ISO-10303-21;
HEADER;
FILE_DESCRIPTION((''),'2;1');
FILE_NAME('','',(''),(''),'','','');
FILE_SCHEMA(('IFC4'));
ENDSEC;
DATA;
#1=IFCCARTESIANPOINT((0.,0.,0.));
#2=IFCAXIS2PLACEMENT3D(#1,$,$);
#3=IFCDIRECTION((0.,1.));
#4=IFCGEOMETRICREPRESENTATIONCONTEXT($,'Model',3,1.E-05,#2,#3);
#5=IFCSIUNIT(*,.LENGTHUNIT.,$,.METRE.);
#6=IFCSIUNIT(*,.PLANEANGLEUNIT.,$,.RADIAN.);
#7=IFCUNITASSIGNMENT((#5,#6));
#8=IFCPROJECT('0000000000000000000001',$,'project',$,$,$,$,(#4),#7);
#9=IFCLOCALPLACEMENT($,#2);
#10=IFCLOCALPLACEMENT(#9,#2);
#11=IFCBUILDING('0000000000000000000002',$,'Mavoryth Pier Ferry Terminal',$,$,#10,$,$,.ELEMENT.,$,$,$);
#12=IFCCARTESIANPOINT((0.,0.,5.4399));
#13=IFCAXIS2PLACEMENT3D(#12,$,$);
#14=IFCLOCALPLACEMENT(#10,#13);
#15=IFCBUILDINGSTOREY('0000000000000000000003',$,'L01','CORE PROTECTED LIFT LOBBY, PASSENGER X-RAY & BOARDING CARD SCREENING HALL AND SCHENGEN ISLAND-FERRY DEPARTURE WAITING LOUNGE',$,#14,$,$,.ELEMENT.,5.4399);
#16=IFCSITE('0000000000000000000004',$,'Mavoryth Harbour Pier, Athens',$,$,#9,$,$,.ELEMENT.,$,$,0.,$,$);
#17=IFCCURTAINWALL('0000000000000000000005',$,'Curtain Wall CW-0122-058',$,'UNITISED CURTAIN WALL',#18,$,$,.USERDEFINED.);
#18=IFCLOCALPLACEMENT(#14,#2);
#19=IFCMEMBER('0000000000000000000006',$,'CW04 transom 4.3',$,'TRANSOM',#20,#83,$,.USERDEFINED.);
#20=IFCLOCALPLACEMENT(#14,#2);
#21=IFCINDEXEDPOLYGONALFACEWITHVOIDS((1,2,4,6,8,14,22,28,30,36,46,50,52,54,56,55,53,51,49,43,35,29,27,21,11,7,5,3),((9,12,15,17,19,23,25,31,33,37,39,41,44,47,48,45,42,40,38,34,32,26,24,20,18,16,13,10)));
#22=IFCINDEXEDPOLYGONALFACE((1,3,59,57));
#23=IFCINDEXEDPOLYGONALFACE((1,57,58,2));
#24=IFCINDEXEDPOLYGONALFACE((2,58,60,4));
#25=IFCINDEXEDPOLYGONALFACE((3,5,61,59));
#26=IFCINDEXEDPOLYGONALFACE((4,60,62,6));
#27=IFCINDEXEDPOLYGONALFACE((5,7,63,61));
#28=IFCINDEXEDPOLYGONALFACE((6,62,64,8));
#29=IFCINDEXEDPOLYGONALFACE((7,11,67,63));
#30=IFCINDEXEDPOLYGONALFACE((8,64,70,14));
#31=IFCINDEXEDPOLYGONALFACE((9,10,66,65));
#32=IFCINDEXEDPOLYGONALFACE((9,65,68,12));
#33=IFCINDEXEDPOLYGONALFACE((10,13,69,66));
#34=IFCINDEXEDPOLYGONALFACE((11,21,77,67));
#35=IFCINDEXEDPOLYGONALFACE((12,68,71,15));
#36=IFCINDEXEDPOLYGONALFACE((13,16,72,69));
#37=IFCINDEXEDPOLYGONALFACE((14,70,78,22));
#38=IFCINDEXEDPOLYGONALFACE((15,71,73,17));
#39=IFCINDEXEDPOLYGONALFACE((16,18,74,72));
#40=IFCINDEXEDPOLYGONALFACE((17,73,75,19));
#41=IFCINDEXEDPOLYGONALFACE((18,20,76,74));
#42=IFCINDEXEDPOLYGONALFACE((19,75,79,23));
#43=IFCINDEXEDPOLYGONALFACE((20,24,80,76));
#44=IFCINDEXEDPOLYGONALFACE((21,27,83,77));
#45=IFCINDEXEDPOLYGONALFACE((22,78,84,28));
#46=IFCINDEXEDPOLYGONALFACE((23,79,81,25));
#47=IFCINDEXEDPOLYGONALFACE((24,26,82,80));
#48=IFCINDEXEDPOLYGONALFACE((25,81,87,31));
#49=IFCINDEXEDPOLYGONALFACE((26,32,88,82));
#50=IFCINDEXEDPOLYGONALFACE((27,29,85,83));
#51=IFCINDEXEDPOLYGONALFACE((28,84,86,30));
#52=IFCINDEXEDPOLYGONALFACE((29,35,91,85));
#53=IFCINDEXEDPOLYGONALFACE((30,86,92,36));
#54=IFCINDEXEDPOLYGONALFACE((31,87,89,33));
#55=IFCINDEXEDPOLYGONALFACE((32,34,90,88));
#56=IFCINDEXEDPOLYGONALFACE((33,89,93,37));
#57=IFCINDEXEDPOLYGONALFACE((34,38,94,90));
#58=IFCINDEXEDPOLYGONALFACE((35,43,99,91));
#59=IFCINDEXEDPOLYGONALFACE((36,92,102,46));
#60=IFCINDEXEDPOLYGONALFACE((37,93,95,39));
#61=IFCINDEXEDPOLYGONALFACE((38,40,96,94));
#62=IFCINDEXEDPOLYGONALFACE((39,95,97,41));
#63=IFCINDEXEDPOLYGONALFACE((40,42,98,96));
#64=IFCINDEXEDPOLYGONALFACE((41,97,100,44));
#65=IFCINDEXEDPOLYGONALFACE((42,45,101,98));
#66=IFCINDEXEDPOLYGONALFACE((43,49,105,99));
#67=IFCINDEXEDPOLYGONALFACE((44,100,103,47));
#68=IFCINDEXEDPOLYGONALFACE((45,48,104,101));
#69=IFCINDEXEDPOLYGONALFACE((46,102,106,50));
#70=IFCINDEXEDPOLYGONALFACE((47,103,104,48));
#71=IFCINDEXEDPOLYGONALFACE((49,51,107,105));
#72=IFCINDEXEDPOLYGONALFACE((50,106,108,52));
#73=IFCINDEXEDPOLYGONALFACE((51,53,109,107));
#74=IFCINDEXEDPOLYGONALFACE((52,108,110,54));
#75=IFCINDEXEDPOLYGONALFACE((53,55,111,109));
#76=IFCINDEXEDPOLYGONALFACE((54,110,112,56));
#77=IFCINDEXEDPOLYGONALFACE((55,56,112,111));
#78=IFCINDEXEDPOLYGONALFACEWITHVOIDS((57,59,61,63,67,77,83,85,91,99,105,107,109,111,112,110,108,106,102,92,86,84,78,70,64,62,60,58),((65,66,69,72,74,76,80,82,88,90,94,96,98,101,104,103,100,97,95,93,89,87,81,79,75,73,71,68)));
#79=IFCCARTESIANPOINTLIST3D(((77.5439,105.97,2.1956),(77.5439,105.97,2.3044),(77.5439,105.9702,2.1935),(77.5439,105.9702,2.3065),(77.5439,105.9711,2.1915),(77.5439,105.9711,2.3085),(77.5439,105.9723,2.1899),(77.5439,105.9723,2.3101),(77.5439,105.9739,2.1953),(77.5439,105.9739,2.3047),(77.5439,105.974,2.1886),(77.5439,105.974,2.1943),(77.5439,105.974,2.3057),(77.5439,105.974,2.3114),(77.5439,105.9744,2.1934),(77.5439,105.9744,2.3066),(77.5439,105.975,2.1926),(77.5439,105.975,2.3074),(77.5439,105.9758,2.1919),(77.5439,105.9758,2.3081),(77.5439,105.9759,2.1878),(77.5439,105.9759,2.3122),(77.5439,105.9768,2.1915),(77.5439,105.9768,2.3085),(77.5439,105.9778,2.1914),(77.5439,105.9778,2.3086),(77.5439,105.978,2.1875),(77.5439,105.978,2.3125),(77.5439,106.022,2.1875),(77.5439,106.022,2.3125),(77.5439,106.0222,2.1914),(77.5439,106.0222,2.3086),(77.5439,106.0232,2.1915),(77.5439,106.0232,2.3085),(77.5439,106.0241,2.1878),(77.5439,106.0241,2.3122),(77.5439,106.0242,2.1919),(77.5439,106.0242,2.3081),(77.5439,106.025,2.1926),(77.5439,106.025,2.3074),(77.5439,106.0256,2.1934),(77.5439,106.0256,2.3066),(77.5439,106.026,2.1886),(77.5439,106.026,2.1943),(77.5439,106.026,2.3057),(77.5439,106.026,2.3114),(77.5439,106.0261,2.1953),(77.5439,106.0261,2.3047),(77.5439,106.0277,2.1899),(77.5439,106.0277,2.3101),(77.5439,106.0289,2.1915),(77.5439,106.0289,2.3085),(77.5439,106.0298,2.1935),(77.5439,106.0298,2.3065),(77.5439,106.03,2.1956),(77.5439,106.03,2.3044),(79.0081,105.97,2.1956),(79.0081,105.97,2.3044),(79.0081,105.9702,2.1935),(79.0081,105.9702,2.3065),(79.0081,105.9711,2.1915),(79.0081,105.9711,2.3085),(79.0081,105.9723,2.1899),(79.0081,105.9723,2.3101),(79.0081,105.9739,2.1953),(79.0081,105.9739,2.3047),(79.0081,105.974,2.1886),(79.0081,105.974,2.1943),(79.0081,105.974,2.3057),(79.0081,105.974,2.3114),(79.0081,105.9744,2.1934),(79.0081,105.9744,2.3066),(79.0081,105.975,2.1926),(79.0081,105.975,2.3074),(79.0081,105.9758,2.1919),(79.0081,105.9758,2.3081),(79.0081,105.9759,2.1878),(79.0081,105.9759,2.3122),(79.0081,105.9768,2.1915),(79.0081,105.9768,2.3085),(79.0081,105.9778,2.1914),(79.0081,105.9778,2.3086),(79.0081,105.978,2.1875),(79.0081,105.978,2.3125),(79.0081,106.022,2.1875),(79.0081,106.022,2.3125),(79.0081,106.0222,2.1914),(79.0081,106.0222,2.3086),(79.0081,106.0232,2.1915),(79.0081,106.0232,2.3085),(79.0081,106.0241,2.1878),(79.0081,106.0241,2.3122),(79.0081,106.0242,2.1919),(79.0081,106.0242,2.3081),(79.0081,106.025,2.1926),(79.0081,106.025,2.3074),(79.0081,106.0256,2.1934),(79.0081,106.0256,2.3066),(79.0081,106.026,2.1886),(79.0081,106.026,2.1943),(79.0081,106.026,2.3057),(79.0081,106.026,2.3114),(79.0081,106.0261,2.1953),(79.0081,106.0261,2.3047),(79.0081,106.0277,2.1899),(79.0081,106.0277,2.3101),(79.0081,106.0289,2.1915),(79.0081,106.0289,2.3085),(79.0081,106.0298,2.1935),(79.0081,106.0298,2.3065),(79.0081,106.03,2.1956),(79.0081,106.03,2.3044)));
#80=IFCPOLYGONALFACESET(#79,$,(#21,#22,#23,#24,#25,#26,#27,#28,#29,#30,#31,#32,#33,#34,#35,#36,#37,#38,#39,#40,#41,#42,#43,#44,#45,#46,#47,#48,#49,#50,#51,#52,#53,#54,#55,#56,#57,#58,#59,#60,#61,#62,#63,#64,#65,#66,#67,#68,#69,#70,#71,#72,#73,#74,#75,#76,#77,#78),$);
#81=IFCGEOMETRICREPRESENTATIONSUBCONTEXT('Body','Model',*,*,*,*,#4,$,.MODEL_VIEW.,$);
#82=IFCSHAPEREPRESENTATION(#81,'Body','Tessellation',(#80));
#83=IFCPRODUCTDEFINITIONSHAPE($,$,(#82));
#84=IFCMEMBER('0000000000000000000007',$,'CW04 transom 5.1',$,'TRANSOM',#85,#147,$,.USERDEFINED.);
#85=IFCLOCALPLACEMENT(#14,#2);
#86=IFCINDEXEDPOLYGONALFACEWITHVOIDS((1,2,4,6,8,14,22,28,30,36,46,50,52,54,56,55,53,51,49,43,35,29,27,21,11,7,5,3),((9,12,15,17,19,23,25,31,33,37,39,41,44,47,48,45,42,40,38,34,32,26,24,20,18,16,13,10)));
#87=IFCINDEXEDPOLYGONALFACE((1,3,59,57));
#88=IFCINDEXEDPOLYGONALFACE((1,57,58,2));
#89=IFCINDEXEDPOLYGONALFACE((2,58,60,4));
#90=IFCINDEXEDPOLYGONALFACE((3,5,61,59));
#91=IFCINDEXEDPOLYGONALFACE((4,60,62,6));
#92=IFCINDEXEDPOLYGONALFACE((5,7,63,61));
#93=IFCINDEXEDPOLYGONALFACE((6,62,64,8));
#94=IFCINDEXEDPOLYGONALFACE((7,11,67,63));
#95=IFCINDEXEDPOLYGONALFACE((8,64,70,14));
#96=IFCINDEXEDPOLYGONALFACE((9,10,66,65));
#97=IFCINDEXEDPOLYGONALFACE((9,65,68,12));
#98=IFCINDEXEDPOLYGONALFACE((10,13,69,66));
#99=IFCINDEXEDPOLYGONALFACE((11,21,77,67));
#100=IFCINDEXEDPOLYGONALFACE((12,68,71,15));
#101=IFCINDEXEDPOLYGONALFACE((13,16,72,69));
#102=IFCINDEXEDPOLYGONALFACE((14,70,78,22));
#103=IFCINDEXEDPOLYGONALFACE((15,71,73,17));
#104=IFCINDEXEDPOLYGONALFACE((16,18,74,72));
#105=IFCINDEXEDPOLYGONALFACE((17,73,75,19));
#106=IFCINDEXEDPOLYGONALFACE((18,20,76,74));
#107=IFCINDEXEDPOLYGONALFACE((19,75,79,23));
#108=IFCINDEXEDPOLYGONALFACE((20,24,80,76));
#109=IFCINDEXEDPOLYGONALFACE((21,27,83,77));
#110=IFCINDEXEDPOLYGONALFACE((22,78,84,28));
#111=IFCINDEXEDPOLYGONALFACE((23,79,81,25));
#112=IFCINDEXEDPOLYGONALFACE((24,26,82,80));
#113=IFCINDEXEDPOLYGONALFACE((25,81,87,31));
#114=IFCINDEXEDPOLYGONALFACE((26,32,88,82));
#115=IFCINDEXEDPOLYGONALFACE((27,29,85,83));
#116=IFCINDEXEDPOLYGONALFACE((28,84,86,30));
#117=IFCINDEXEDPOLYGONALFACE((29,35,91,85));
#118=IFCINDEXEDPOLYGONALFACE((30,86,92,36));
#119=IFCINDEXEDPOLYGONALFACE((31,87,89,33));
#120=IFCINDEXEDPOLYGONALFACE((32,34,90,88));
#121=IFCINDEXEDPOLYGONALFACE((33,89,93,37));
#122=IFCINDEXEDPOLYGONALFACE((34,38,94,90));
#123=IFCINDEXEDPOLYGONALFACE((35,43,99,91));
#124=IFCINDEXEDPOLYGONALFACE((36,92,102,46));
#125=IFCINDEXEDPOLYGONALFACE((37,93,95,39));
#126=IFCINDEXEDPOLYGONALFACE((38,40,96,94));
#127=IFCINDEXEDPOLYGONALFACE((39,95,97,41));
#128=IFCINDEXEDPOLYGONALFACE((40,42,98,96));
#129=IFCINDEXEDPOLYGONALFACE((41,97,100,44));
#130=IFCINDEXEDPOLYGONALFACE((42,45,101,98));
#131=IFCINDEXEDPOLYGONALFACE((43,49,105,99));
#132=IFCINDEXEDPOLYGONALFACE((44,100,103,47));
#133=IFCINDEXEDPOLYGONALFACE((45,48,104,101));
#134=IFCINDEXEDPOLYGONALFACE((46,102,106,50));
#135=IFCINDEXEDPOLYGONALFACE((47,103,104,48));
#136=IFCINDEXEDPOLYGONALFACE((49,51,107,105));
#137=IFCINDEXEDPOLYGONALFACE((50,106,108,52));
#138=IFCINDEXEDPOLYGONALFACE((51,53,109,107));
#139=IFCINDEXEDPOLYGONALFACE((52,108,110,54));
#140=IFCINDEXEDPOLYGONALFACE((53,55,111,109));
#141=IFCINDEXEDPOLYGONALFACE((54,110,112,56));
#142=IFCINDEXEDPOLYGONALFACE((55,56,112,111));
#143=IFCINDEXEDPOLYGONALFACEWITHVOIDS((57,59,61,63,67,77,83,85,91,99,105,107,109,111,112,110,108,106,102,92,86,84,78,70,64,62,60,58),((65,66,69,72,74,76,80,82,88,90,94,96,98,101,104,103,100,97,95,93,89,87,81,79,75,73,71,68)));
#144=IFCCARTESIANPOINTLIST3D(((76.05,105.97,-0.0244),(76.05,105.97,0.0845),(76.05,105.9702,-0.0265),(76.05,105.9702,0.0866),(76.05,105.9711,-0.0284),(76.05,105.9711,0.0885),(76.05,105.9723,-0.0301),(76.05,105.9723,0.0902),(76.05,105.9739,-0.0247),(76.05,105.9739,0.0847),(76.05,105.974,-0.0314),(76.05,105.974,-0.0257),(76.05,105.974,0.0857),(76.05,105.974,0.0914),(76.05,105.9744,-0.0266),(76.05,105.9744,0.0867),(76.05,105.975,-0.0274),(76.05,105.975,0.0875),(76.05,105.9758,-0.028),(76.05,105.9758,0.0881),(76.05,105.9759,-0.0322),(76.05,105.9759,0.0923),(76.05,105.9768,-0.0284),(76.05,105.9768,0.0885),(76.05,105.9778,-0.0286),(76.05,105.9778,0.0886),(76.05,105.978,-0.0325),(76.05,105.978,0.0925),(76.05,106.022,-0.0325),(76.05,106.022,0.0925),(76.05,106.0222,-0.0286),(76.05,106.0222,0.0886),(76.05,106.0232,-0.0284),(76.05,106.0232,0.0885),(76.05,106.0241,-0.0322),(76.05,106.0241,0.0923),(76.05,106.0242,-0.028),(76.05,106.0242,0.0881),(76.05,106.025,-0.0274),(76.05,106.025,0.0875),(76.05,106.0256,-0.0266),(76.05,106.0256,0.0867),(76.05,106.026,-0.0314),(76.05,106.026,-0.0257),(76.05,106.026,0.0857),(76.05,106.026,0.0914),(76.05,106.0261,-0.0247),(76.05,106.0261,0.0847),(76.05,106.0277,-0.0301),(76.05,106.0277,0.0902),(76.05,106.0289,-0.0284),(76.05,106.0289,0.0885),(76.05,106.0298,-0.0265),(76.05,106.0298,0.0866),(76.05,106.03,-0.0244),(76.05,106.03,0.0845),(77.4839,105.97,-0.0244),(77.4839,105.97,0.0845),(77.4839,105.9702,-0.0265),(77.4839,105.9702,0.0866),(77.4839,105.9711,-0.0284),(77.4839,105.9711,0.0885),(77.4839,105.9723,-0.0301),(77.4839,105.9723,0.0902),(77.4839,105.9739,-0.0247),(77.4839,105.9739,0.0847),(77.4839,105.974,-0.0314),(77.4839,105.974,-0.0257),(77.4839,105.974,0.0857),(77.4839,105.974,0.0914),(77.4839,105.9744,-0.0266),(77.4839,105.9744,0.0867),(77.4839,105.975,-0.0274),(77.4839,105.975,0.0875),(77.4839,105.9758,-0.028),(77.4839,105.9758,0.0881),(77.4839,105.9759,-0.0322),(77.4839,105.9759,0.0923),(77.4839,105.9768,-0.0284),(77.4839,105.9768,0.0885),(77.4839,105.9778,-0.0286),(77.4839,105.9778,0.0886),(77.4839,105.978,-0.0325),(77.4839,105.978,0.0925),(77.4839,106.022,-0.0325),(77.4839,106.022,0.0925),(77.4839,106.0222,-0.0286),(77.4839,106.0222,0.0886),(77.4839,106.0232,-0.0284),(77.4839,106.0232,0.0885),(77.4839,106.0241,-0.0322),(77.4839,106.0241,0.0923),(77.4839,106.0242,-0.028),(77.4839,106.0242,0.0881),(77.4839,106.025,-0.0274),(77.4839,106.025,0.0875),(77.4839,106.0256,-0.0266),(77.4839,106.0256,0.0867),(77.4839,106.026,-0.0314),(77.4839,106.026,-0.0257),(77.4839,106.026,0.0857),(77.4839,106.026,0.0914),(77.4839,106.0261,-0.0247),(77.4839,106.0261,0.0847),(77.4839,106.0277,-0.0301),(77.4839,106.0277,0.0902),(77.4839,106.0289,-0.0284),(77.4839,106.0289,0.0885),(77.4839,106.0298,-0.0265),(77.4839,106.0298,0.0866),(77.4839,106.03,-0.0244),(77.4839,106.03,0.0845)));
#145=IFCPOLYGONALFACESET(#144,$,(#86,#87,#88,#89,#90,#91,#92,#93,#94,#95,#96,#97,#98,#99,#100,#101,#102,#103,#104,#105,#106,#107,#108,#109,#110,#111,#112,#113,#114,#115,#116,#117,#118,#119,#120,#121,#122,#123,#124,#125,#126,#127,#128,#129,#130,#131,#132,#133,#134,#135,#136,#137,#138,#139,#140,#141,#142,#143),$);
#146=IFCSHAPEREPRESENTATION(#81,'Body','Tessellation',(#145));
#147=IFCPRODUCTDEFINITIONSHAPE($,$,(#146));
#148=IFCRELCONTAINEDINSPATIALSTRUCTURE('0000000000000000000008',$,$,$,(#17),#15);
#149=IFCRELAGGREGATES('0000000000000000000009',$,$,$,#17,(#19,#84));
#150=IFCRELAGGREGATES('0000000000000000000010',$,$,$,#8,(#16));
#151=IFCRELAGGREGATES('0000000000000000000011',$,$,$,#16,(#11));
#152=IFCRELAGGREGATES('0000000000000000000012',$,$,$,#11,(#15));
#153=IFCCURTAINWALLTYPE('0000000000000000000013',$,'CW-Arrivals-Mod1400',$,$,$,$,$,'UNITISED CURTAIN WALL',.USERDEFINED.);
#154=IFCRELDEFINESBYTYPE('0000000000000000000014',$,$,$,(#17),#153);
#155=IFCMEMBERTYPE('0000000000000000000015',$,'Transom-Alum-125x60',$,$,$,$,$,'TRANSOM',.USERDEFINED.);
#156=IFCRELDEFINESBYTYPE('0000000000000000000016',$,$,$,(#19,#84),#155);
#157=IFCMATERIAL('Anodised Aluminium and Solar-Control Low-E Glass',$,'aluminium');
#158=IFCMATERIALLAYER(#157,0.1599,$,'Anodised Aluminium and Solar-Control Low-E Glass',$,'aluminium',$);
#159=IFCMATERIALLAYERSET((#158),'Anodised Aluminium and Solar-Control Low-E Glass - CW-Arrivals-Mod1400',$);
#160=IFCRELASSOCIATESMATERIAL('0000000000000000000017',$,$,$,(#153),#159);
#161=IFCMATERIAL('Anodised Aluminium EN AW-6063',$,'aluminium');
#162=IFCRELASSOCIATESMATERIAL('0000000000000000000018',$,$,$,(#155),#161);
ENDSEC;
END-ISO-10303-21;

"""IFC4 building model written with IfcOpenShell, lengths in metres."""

from ifc_helpers import new_model, si_unit, direction, frame, origin, origin_2d, place, context, subcontext, project, spatial, hollow_rectangle, extrude, material, layer, layer_set, material_profile, profile_set, type_object, element, aggregate, save


model = new_model("IFC4")

# Units and contexts
model_context = context("Model", 3, precision=1e-05, world=origin(), true_north=direction((0.0, 1.0)))
body_context = subcontext(model_context, "Body", "Model", "MODEL_VIEW")
ifc_project = project(units=[si_unit("LENGTHUNIT", "METRE"), si_unit("PLANEANGLEUNIT", "RADIAN")], contexts=[model_context])

# Site, building, storey
site_placement = place(None, origin())
site = spatial("IfcSite", under=ifc_project, at=site_placement, Name="Mavoryth Harbour Pier, Athens", CompositionType="ELEMENT", RefElevation=0.0)
building_placement = place(site_placement, origin())
building = spatial("IfcBuilding", under=site, at=building_placement, Name="Mavoryth Pier Ferry Terminal", CompositionType="ELEMENT")
storey_placement = place(building_placement, frame((0.0, 0.0, 5.4399)))
storey = spatial("IfcBuildingStorey", under=building, at=storey_placement, Name="L01", Description="CORE PROTECTED LIFT LOBBY, PASSENGER X-RAY & BOARDING CARD SCREENING HALL AND SCHENGEN ISLAND-FERRY DEPARTURE WAITING LOUNGE", CompositionType="ELEMENT", Elevation=5.4399)

# Curtain wall
ifc_material_1 = material(Name="Anodised Aluminium and Solar-Control Low-E Glass", Category="aluminium")
ifc_layer_1 = layer(ifc_material_1, 0.1599, Name="Anodised Aluminium and Solar-Control Low-E Glass", Category="aluminium")
ifc_layer_set_1 = layer_set([ifc_layer_1], Name="Anodised Aluminium and Solar-Control Low-E Glass - CW-Arrivals-Mod1400")
curtain_wall_type = type_object("IfcCurtainWallType", Name="CW-Arrivals-Mod1400", ElementType="UNITISED CURTAIN WALL", PredefinedType="USERDEFINED", material=ifc_layer_set_1)
ifc_material_2 = material(Name="Anodised Aluminium EN AW-6063", Category="aluminium")
curtain_wall_1_placement = place(storey_placement, origin())
curtain_wall_1 = element("IfcCurtainWall", 1, at=curtain_wall_1_placement, inside=storey, type_object=curtain_wall_type, Name="Curtain Wall CW-0122-058", ObjectType="UNITISED CURTAIN WALL", PredefinedType="USERDEFINED")

# Members
ifc_material_profile_1 = material_profile(ifc_material_2, hollow_rectangle(XDim=0.0601, YDim=0.125, WallThickness=0.0039, InnerFilletRadius=0.0039, OuterFilletRadius=0.0081, at=origin_2d()), Name="AL-TRAN 125x60x4", Category="aluminium")
ifc_profile_set_1 = profile_set([ifc_material_profile_1], Name="Anodised Aluminium EN AW-6063 - AL-TRAN 125x60x4")
member_type_1 = type_object("IfcMemberType", Name="Transom-Alum-125x60", ElementType="TRANSOM", PredefinedType="USERDEFINED", material=ifc_profile_set_1)
member_1_placement = place(storey_placement, frame((79.0081, 106.0, 2.25), z_axis=(-1.0, 0.0, 0.0), x_axis=(0.0, -1.0, 0.0)))
member_1 = element("IfcMember", 2, at=member_1_placement, type_object=member_type_1, Name="CW04 transom 4.3", ObjectType="TRANSOM", PredefinedType="USERDEFINED", context=body_context, shape_type="SweptSolid", body=[
    extrude(hollow_rectangle(XDim=0.0601, YDim=0.125, WallThickness=0.0039, InnerFilletRadius=0.0039, OuterFilletRadius=0.0081, at=origin_2d()), origin(), (0.0, 0.0, 1.0), 1.4641),
])
member_2_placement = place(storey_placement, frame((77.4839, 106.0, 0.03), z_axis=(-1.0, 0.0, 0.0), x_axis=(0.0, -1.0, 0.0)))
member_2 = element("IfcMember", 3, at=member_2_placement, type_object=member_type_1, Name="CW04 transom 5.1", ObjectType="TRANSOM", PredefinedType="USERDEFINED", context=body_context, shape_type="SweptSolid", body=[
    extrude(hollow_rectangle(XDim=0.0601, YDim=0.125, WallThickness=0.0039, InnerFilletRadius=0.0039, OuterFilletRadius=0.0081, at=origin_2d()), origin(), (0.0, 0.0, 1.0), 1.4338),
])

aggregate(curtain_wall_1, [member_1, member_2])

save(model, "model.ifc")
